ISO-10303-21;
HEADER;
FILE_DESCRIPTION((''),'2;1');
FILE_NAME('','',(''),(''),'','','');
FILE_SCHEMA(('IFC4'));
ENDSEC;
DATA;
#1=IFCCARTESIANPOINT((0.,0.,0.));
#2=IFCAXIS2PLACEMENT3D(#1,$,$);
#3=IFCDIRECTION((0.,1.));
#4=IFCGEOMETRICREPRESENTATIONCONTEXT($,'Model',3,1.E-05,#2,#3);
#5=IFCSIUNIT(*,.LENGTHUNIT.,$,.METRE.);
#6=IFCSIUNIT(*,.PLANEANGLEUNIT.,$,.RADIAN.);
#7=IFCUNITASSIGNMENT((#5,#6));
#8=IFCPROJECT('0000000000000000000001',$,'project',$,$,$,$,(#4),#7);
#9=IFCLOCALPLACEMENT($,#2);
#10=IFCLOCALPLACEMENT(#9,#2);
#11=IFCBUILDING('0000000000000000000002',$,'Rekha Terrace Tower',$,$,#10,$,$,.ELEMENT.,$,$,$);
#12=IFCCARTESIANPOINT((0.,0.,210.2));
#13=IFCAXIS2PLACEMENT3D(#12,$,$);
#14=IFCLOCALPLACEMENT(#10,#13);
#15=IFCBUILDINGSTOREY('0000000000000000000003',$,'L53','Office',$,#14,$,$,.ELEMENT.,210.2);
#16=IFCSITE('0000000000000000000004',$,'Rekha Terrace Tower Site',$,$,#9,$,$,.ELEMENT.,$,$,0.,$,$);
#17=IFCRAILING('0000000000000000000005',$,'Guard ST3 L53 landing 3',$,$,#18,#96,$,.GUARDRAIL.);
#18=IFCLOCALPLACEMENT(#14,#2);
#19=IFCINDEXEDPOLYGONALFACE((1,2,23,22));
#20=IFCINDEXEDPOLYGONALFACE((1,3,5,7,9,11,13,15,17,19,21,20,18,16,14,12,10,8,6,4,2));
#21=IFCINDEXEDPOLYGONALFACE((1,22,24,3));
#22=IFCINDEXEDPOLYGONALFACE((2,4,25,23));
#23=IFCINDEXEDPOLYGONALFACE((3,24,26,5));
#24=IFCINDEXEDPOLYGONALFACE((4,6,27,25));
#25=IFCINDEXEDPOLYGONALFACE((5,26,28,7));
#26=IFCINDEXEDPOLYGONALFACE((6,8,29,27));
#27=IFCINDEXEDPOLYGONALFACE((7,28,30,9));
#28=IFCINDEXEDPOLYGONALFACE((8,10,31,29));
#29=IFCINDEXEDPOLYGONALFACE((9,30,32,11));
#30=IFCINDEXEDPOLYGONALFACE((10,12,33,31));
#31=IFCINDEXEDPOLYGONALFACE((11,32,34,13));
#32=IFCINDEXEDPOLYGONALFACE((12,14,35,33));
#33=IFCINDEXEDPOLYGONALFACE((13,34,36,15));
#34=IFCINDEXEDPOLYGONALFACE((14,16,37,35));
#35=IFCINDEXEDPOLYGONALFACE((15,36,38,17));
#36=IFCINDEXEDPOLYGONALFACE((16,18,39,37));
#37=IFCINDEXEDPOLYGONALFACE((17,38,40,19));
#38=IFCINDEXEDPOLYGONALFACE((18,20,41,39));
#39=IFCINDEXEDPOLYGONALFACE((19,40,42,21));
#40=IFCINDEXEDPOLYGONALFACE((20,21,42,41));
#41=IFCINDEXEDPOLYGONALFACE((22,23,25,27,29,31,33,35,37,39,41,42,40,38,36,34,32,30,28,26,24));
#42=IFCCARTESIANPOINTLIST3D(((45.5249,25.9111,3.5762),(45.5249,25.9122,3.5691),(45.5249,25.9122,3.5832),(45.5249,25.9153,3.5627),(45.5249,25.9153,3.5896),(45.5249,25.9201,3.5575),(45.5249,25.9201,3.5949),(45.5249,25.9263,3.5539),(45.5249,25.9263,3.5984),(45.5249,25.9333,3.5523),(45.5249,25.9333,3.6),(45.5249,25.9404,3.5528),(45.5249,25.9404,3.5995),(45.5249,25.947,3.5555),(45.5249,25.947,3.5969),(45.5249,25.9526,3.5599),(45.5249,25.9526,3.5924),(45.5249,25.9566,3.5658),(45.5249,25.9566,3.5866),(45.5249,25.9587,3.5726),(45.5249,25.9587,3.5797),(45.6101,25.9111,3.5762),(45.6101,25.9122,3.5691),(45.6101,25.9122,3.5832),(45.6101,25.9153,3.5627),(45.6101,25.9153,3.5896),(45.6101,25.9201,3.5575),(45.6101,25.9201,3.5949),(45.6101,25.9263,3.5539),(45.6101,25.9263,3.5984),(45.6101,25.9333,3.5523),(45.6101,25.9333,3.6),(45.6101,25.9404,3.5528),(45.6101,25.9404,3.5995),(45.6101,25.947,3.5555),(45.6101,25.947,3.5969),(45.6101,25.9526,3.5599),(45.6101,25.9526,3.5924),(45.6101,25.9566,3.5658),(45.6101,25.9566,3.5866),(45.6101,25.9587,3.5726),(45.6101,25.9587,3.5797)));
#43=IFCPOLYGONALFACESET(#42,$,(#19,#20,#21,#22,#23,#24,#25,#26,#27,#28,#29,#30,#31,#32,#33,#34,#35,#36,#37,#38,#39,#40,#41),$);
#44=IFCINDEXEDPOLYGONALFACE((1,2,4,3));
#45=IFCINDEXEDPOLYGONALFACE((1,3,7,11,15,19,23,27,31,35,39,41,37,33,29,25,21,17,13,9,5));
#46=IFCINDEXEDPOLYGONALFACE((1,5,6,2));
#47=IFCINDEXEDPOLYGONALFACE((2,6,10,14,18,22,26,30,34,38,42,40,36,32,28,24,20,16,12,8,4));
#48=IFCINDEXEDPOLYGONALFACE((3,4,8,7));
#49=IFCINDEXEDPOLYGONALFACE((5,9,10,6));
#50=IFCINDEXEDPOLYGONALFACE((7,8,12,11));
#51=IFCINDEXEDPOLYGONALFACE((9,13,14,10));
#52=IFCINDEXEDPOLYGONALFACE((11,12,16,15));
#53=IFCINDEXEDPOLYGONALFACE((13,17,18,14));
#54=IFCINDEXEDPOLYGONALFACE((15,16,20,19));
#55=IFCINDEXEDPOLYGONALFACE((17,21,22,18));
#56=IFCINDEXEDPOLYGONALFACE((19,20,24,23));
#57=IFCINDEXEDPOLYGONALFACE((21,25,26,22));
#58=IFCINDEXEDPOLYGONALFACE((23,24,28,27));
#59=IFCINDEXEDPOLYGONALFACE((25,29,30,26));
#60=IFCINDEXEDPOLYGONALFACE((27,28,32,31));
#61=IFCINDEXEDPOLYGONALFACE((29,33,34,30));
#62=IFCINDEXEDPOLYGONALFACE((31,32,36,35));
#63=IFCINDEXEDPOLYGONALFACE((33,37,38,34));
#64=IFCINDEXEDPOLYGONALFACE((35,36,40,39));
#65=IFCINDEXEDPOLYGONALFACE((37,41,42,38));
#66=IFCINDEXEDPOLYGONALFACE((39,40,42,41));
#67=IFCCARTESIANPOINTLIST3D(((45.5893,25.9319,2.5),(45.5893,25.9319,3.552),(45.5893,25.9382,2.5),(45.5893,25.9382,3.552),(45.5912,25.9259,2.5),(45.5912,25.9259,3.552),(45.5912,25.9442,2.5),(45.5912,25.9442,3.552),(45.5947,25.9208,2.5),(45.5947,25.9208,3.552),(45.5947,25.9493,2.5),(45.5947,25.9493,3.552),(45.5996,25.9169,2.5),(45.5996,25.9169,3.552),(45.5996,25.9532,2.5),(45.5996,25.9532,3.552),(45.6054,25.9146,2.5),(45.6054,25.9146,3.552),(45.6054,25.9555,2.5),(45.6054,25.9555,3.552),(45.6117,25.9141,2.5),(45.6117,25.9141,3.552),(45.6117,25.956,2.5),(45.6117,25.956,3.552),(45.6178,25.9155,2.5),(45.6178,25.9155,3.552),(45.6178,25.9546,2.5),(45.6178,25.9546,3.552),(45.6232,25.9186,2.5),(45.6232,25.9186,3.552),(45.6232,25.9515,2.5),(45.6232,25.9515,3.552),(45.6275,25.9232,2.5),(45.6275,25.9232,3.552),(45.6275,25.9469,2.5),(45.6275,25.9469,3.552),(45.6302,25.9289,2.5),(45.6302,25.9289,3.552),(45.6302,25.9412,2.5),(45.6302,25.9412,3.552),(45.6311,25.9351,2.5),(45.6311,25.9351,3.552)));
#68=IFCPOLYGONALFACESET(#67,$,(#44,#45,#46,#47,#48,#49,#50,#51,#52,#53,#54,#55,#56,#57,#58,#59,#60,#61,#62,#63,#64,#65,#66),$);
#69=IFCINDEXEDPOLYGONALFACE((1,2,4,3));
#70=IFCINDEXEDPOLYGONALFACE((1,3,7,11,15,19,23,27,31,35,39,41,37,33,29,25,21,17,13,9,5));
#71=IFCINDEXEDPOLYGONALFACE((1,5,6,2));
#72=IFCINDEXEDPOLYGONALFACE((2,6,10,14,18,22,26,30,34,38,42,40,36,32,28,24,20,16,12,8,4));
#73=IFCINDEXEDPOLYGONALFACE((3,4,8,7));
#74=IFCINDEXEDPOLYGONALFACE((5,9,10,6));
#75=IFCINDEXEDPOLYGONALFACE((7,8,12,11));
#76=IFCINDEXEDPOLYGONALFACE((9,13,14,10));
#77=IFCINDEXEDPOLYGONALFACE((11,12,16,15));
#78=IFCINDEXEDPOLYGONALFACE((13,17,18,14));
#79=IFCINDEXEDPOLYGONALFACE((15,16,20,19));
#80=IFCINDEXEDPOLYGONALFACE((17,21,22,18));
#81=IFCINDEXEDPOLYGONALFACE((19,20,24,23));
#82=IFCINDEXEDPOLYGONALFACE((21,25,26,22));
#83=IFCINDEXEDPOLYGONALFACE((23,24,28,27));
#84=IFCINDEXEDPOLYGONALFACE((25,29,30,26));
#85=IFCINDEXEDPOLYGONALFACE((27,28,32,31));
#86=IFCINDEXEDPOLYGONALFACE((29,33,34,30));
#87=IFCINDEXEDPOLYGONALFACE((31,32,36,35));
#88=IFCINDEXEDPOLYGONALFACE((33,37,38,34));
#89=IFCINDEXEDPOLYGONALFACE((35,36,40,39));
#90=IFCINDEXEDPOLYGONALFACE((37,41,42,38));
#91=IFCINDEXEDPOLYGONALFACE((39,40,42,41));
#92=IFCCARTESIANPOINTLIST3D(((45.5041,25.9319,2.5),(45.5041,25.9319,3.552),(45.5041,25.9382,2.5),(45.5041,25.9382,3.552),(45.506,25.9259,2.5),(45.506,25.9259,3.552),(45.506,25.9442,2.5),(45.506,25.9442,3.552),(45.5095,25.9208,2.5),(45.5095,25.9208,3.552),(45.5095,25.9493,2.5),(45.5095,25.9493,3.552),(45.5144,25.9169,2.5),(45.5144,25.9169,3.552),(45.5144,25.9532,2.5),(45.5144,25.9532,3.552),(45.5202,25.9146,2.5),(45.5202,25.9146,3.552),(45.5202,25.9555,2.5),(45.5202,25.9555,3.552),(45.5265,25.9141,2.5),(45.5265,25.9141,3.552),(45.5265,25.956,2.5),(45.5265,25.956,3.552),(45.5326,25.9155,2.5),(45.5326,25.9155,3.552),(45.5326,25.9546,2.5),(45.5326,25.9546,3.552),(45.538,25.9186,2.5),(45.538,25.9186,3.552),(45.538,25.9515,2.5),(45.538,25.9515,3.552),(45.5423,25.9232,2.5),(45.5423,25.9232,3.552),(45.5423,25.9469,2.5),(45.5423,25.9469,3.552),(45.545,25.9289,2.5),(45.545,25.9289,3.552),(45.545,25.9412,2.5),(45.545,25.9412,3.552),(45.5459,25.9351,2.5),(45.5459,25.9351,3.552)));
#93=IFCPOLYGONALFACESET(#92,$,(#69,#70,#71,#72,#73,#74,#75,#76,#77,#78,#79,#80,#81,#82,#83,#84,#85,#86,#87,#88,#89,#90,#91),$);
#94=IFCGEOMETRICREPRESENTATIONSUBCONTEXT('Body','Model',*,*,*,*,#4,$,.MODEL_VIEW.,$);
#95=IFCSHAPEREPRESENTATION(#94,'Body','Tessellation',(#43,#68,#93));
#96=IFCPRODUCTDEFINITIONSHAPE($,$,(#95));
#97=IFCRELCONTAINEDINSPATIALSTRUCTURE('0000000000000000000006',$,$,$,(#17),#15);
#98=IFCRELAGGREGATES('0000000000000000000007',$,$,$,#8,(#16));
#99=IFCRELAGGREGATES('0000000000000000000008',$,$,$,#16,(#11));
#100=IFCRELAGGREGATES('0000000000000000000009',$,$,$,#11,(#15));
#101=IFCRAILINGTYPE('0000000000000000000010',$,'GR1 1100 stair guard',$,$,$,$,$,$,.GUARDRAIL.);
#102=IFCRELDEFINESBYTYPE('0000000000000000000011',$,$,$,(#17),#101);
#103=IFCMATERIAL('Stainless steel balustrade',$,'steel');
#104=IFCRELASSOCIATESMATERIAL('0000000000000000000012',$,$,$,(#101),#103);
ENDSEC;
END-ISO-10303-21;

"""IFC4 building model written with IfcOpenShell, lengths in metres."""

from ifc_helpers import new_model, si_unit, direction, frame, origin, origin_2d, place, context, subcontext, project, spatial, circle, extrude, material, type_object, element, save


model = new_model("IFC4")

# Units and contexts
model_context = context("Model", 3, precision=1e-05, world=origin(), true_north=direction((0.0, 1.0)))
body_context = subcontext(model_context, "Body", "Model", "MODEL_VIEW")
ifc_project = project(units=[si_unit("LENGTHUNIT", "METRE"), si_unit("PLANEANGLEUNIT", "RADIAN")], contexts=[model_context])

# Site, building, storey
site_placement = place(None, origin())
site = spatial("IfcSite", under=ifc_project, at=site_placement, Name="Rekha Terrace Tower Site", CompositionType="ELEMENT", RefElevation=0.0)
building_placement = place(site_placement, origin())
building = spatial("IfcBuilding", under=site, at=building_placement, Name="Rekha Terrace Tower", CompositionType="ELEMENT")
storey_placement = place(building_placement, frame((0.0, 0.0, 210.2)))
storey = spatial("IfcBuildingStorey", under=building, at=storey_placement, Name="L53", Description="Office", CompositionType="ELEMENT", Elevation=210.2)

# Railing
ifc_material_1 = material(Name="Stainless steel balustrade", Category="steel")
railing_type_1 = type_object("IfcRailingType", Name="GR1 1100 stair guard", PredefinedType="GUARDRAIL", material=ifc_material_1)
railing_1_placement = place(storey_placement, frame((45.6101, 25.9351, 2.5)))
element("IfcRailing", 1, at=railing_1_placement, inside=storey, type_object=railing_type_1, Name="Guard ST3 L53 landing 3", PredefinedType="GUARDRAIL", context=body_context, shape_type="SweptSolid", body=[
    extrude(circle(Radius=0.0239, at=origin_2d()), frame((0.0, 0.0, 1.0762), z_axis=(-1.0, 0.0, 0.0), x_axis=(0.0, -1.0, 0.0)), (0.0, 0.0, 1.0), 0.0852),
    extrude(circle(Radius=0.021, at=origin_2d()), origin(), (0.0, 0.0, 1.0), 1.052),
    extrude(circle(Radius=0.021, at=origin_2d()), frame((-0.0852, 0.0, 0.0)), (0.0, 0.0, 1.0), 1.052),
])

save(model, "model.ifc")
